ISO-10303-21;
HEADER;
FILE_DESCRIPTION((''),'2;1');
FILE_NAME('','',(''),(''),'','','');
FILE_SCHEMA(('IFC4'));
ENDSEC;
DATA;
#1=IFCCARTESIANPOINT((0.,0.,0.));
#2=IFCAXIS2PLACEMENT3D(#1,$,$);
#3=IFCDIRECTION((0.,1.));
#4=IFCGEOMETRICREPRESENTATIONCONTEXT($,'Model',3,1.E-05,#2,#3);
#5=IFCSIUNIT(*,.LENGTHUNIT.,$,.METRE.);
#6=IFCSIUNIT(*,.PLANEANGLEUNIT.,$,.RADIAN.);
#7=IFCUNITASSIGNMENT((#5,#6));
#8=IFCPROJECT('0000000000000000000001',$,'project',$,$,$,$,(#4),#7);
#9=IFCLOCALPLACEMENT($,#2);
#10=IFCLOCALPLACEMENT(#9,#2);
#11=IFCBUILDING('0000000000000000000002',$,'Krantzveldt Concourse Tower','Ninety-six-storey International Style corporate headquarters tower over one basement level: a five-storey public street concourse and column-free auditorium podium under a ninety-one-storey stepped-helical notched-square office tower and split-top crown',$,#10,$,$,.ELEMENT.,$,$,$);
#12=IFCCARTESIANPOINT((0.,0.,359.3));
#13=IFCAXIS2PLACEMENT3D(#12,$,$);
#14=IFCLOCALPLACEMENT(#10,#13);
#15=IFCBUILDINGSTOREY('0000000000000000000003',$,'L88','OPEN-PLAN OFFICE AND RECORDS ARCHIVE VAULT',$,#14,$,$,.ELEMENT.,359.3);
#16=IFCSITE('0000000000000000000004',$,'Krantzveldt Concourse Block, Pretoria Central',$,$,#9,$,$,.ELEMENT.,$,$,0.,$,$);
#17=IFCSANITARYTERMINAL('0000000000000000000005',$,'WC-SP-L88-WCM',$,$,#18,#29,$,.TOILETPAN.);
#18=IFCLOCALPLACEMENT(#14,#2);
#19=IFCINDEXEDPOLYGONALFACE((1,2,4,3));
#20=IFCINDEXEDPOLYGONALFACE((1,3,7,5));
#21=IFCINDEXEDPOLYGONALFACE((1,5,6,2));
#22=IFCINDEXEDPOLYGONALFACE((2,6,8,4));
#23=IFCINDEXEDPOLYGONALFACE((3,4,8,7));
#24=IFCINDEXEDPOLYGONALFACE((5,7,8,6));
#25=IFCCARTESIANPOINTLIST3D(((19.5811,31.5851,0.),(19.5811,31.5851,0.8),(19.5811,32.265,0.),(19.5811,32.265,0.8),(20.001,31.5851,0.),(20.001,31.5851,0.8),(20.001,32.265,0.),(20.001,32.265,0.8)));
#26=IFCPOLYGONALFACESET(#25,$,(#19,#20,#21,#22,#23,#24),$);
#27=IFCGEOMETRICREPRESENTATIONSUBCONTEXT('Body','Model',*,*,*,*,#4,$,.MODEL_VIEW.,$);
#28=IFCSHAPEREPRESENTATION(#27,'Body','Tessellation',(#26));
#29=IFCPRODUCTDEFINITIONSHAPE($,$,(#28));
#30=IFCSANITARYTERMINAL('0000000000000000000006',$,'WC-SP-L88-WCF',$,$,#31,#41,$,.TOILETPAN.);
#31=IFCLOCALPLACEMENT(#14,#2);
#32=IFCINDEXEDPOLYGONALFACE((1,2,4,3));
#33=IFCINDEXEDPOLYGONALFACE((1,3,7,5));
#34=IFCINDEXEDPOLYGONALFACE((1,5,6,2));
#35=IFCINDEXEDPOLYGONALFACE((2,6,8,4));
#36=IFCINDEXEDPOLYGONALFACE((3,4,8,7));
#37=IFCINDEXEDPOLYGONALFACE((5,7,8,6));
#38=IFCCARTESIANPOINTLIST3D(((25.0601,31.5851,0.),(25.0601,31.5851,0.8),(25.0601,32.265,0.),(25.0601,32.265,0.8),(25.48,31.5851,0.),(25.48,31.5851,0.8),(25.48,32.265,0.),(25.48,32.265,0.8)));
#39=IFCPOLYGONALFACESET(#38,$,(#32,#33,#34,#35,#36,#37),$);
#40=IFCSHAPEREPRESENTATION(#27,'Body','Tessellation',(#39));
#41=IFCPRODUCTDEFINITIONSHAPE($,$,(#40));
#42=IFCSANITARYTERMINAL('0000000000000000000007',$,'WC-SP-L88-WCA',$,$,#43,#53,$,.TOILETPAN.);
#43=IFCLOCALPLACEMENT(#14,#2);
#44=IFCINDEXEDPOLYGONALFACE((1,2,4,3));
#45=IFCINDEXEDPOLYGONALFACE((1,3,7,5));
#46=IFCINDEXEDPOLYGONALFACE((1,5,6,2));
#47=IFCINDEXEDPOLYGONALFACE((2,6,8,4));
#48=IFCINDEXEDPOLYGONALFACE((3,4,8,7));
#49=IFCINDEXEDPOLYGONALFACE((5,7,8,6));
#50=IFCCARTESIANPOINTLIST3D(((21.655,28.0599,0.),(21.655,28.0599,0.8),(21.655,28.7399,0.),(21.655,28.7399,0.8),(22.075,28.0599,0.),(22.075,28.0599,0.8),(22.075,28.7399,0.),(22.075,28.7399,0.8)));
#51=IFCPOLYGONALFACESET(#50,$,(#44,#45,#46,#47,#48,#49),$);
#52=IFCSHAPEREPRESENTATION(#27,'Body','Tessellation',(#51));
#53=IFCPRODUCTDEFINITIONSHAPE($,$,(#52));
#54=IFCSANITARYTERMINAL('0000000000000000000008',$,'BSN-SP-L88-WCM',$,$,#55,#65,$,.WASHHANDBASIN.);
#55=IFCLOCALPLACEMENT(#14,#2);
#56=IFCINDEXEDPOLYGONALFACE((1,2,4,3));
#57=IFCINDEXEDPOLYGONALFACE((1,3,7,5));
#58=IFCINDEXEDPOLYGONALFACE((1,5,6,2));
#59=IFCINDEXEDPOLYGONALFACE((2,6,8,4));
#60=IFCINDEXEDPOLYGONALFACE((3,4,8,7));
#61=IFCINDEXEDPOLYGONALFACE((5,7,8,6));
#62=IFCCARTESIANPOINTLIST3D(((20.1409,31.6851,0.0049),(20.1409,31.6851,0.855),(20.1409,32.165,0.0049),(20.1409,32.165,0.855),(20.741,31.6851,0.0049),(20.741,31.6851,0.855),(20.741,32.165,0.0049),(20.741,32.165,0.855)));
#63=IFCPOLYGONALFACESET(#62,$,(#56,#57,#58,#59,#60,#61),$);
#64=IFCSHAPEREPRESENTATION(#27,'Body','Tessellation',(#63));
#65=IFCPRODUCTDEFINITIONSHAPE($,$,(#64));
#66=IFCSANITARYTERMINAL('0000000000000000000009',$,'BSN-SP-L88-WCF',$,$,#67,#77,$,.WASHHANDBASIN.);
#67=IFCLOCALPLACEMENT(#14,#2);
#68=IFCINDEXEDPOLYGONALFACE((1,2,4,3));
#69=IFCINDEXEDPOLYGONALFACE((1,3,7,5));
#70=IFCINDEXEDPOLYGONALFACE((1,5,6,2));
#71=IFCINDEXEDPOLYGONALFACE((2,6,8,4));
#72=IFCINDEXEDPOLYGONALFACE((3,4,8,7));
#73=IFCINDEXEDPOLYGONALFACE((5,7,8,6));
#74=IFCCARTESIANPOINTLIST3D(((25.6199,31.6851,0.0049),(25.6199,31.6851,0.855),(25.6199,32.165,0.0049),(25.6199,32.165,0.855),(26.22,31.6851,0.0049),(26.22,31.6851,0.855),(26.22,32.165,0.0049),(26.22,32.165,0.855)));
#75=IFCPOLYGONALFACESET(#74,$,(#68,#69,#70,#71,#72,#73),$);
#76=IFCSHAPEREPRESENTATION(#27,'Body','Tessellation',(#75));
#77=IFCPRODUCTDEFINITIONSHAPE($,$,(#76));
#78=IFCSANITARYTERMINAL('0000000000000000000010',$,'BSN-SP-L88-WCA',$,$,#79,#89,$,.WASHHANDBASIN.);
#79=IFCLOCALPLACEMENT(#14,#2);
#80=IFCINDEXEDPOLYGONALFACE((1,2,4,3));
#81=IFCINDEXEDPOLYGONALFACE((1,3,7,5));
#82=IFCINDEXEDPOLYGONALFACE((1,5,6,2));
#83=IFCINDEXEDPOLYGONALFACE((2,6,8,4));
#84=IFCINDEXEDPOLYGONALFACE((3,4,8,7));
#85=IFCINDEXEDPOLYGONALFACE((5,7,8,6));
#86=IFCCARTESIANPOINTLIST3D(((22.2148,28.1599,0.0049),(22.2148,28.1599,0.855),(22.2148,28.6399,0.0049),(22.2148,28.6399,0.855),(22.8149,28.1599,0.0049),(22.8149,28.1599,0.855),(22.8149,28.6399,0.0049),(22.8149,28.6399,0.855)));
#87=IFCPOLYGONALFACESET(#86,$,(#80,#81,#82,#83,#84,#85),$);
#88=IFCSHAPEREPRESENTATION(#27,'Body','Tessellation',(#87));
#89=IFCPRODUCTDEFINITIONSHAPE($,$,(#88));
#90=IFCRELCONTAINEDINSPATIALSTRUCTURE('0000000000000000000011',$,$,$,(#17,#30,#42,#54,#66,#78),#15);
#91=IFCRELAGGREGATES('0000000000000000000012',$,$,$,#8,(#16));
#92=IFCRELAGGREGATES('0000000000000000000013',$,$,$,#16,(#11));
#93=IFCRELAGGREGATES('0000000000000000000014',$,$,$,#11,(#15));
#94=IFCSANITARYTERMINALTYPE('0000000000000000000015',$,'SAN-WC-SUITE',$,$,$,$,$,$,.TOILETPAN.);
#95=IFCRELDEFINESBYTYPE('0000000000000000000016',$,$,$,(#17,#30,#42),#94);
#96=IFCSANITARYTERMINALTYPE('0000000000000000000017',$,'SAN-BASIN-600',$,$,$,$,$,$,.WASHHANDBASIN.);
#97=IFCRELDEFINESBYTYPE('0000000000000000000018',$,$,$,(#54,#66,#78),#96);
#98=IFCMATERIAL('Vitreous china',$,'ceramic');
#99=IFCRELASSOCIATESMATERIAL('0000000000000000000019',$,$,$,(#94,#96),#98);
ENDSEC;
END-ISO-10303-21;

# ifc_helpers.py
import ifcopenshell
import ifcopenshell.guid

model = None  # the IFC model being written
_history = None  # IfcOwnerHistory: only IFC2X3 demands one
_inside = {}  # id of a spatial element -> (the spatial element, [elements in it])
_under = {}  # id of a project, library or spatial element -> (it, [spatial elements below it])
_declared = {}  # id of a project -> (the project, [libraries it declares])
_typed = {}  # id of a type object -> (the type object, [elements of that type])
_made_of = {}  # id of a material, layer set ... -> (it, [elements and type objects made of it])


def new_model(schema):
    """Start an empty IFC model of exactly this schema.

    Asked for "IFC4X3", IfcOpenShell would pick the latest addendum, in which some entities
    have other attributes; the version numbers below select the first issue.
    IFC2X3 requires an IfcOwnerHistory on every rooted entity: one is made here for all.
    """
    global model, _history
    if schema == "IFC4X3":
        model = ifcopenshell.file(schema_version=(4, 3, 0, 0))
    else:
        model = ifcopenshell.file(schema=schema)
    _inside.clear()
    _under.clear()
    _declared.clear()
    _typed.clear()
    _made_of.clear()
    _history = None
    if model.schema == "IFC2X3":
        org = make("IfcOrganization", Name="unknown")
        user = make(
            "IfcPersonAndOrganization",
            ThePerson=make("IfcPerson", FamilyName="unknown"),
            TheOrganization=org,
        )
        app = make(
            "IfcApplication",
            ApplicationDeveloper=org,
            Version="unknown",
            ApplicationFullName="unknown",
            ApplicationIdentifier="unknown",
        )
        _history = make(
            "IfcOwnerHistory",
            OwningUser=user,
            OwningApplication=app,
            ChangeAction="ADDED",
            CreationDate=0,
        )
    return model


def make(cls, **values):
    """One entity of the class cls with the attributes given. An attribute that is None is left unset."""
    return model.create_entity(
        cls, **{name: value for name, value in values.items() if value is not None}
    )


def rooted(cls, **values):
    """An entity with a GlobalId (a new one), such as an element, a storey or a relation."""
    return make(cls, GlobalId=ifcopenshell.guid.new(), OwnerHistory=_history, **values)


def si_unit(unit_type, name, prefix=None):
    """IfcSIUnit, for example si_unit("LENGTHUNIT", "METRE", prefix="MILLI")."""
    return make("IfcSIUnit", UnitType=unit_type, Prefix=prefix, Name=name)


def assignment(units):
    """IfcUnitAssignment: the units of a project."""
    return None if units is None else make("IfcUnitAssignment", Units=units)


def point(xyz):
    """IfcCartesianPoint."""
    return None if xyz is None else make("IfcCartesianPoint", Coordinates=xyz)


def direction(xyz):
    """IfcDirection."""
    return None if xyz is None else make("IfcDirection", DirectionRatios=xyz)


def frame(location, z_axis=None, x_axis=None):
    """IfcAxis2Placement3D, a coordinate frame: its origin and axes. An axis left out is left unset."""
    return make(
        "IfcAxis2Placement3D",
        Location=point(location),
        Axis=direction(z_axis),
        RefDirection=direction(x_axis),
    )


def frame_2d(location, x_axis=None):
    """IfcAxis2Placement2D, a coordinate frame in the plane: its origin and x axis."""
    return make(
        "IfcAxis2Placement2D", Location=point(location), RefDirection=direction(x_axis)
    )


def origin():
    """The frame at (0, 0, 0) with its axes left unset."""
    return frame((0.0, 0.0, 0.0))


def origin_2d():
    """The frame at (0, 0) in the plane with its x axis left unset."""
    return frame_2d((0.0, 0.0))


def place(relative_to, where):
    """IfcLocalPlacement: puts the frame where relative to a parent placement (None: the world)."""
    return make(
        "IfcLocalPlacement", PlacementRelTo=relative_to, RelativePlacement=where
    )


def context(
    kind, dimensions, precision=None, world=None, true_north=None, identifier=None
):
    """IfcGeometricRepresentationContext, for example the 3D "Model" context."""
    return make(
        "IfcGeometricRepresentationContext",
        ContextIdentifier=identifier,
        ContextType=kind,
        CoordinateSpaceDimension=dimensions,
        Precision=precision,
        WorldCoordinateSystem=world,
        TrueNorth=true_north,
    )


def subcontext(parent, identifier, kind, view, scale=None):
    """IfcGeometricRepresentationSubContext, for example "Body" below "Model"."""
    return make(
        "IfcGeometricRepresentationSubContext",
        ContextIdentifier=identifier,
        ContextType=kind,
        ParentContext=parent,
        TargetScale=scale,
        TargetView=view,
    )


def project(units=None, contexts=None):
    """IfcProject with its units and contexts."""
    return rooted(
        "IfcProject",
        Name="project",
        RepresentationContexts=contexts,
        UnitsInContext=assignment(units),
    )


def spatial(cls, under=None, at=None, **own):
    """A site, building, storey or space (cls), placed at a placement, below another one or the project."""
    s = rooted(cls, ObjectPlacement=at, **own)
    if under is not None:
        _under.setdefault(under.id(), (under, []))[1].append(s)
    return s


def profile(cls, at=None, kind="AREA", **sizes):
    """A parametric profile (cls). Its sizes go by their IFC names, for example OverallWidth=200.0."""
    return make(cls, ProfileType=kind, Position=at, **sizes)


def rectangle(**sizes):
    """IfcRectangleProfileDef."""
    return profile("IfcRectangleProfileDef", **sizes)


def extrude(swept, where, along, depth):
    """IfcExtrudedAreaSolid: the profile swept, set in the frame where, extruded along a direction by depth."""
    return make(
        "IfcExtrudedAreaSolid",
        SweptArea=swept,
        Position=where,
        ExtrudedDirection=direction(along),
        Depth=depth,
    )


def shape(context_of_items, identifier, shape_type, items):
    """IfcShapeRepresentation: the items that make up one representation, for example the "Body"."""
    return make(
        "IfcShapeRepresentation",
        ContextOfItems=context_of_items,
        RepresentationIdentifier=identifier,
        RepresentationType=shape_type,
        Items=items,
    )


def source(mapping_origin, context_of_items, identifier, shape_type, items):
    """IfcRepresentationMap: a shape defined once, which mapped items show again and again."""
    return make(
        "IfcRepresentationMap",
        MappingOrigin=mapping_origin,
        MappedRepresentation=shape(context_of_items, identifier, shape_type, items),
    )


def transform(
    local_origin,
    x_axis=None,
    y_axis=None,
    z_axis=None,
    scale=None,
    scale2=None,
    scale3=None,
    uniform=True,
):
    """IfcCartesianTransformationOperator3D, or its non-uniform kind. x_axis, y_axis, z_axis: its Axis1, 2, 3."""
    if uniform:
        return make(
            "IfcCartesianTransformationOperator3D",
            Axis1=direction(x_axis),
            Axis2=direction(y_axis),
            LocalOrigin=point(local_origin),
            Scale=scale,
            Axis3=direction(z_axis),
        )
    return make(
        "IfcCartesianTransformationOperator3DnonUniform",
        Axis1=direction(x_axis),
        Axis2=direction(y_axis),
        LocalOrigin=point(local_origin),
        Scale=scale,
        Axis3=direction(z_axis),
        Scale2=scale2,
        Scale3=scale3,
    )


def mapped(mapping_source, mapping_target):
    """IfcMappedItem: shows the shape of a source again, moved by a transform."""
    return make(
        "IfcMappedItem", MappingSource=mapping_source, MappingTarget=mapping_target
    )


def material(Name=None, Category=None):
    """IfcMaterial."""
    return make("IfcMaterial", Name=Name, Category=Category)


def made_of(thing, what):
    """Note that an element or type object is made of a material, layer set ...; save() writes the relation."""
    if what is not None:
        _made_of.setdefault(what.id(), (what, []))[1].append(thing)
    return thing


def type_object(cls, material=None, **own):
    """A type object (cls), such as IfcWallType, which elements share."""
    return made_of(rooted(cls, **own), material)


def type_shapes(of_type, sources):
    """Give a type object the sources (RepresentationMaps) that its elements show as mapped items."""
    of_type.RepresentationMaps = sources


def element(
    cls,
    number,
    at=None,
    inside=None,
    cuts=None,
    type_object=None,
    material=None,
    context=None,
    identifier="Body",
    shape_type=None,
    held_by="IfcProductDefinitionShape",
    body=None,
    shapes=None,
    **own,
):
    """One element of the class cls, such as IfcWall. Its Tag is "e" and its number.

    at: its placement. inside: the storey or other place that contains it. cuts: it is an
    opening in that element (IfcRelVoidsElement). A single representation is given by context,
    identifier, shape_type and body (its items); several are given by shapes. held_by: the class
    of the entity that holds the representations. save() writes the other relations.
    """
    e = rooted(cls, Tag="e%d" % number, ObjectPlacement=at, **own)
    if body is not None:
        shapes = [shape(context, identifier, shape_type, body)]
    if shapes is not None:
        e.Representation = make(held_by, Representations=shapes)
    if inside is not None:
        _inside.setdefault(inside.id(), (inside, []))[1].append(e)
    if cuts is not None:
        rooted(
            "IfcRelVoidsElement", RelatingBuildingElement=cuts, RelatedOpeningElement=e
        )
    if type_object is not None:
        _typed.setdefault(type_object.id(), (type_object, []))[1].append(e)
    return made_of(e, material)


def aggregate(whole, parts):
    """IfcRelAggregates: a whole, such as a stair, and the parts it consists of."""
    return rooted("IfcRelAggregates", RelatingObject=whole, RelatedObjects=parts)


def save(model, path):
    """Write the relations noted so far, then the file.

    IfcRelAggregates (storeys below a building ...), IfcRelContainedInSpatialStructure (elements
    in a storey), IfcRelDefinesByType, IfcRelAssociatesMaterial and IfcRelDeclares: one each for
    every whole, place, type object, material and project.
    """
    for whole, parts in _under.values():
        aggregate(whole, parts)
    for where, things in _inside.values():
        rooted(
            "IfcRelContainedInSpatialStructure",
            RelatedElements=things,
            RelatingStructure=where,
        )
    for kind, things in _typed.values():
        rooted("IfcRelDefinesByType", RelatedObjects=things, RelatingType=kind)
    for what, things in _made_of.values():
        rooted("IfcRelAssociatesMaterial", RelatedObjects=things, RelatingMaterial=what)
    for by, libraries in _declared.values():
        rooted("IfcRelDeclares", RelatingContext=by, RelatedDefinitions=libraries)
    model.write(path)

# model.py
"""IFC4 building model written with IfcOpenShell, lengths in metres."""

from ifc_helpers import new_model, si_unit, direction, frame, origin, origin_2d, place, context, subcontext, project, spatial, rectangle, extrude, source, transform, mapped, material, type_object, type_shapes, element, save


model = new_model("IFC4")

# Units and contexts
model_context = context("Model", 3, precision=1e-05, world=origin(), true_north=direction((0.0, 1.0)))
body_context = subcontext(model_context, "Body", "Model", "MODEL_VIEW")
ifc_project = project(units=[si_unit("LENGTHUNIT", "METRE"), si_unit("PLANEANGLEUNIT", "RADIAN")], contexts=[model_context])

# Site, building, storey
site_placement = place(None, origin())
site = spatial("IfcSite", under=ifc_project, at=site_placement, Name="Krantzveldt Concourse Block, Pretoria Central", CompositionType="ELEMENT", RefElevation=0.0)
building_placement = place(site_placement, origin())
building = spatial("IfcBuilding", under=site, at=building_placement, Name="Krantzveldt Concourse Tower", Description="Ninety-six-storey International Style corporate headquarters tower over one basement level: a five-storey public street concourse and column-free auditorium podium under a ninety-one-storey stepped-helical notched-square office tower and split-top crown", CompositionType="ELEMENT")
storey_placement = place(building_placement, frame((0.0, 0.0, 359.3)))
storey = spatial("IfcBuildingStorey", under=building, at=storey_placement, Name="L88", Description="OPEN-PLAN OFFICE AND RECORDS ARCHIVE VAULT", CompositionType="ELEMENT", Elevation=359.3)

# Sanitary terminals
ifc_material_1 = material(Name="Vitreous china", Category="ceramic")
sanitary_terminal_type_1 = type_object("IfcSanitaryTerminalType", Name="SAN-WC-SUITE", PredefinedType="TOILETPAN", material=ifc_material_1)
shared_shape_1 = source(origin(), body_context, "Body", "SweptSolid", [
    extrude(rectangle(XDim=0.4199, YDim=0.6799, at=origin_2d()), origin(), (0.0, 0.0, 1.0), 0.8),
])
type_shapes(sanitary_terminal_type_1, [shared_shape_1])
for number, where, z_axis, x_axis, name in (
    (1, (19.791, 31.925, 0.0), (0.0, 0.0, 1.0), (1.0, 0.0, 0.0), "WC-SP-L88-WCM"),
    (2, (25.27, 31.925, 0.0), (0.0, 0.0, 1.0), (1.0, 0.0, 0.0), "WC-SP-L88-WCF"),
    (3, (21.865, 28.3999, 0.0), (0.0, 0.0, 1.0), (1.0, 0.0, 0.0), "WC-SP-L88-WCA"),
):
    element("IfcSanitaryTerminal", number, at=place(storey_placement, frame(where, z_axis=z_axis, x_axis=x_axis)), inside=storey, type_object=sanitary_terminal_type_1, Name=name, PredefinedType="TOILETPAN", context=body_context, shape_type="MappedRepresentation", body=[
        mapped(shared_shape_1, transform((0.0, 0.0, 0.0), x_axis=(1.0, 0.0, 0.0), y_axis=(0.0, 1.0, 0.0), z_axis=(0.0, 0.0, 1.0), scale=1.0)),
    ])
sanitary_terminal_type_2 = type_object("IfcSanitaryTerminalType", Name="SAN-BASIN-600", PredefinedType="WASHHANDBASIN", material=ifc_material_1)
shared_shape_2 = source(origin(), body_context, "Body", "SweptSolid", [
    extrude(rectangle(XDim=0.6001, YDim=0.48, at=origin_2d()), origin(), (0.0, 0.0, 1.0), 0.8501),
])
type_shapes(sanitary_terminal_type_2, [shared_shape_2])
for number, where, z_axis, x_axis, name in (
    (4, (20.4409, 31.925, 0.0049), (0.0, 0.0, 1.0), (1.0, 0.0, 0.0), "BSN-SP-L88-WCM"),
    (5, (25.9199, 31.925, 0.0049), (0.0, 0.0, 1.0), (1.0, 0.0, 0.0), "BSN-SP-L88-WCF"),
    (6, (22.5149, 28.3999, 0.0049), (0.0, 0.0, 1.0), (1.0, 0.0, 0.0), "BSN-SP-L88-WCA"),
):
    element("IfcSanitaryTerminal", number, at=place(storey_placement, frame(where, z_axis=z_axis, x_axis=x_axis)), inside=storey, type_object=sanitary_terminal_type_2, Name=name, PredefinedType="WASHHANDBASIN", context=body_context, shape_type="MappedRepresentation", body=[
        mapped(shared_shape_2, transform((0.0, 0.0, 0.0), x_axis=(1.0, 0.0, 0.0), y_axis=(0.0, 1.0, 0.0), z_axis=(0.0, 0.0, 1.0), scale=1.0)),
    ])

save(model, "model.ifc")
